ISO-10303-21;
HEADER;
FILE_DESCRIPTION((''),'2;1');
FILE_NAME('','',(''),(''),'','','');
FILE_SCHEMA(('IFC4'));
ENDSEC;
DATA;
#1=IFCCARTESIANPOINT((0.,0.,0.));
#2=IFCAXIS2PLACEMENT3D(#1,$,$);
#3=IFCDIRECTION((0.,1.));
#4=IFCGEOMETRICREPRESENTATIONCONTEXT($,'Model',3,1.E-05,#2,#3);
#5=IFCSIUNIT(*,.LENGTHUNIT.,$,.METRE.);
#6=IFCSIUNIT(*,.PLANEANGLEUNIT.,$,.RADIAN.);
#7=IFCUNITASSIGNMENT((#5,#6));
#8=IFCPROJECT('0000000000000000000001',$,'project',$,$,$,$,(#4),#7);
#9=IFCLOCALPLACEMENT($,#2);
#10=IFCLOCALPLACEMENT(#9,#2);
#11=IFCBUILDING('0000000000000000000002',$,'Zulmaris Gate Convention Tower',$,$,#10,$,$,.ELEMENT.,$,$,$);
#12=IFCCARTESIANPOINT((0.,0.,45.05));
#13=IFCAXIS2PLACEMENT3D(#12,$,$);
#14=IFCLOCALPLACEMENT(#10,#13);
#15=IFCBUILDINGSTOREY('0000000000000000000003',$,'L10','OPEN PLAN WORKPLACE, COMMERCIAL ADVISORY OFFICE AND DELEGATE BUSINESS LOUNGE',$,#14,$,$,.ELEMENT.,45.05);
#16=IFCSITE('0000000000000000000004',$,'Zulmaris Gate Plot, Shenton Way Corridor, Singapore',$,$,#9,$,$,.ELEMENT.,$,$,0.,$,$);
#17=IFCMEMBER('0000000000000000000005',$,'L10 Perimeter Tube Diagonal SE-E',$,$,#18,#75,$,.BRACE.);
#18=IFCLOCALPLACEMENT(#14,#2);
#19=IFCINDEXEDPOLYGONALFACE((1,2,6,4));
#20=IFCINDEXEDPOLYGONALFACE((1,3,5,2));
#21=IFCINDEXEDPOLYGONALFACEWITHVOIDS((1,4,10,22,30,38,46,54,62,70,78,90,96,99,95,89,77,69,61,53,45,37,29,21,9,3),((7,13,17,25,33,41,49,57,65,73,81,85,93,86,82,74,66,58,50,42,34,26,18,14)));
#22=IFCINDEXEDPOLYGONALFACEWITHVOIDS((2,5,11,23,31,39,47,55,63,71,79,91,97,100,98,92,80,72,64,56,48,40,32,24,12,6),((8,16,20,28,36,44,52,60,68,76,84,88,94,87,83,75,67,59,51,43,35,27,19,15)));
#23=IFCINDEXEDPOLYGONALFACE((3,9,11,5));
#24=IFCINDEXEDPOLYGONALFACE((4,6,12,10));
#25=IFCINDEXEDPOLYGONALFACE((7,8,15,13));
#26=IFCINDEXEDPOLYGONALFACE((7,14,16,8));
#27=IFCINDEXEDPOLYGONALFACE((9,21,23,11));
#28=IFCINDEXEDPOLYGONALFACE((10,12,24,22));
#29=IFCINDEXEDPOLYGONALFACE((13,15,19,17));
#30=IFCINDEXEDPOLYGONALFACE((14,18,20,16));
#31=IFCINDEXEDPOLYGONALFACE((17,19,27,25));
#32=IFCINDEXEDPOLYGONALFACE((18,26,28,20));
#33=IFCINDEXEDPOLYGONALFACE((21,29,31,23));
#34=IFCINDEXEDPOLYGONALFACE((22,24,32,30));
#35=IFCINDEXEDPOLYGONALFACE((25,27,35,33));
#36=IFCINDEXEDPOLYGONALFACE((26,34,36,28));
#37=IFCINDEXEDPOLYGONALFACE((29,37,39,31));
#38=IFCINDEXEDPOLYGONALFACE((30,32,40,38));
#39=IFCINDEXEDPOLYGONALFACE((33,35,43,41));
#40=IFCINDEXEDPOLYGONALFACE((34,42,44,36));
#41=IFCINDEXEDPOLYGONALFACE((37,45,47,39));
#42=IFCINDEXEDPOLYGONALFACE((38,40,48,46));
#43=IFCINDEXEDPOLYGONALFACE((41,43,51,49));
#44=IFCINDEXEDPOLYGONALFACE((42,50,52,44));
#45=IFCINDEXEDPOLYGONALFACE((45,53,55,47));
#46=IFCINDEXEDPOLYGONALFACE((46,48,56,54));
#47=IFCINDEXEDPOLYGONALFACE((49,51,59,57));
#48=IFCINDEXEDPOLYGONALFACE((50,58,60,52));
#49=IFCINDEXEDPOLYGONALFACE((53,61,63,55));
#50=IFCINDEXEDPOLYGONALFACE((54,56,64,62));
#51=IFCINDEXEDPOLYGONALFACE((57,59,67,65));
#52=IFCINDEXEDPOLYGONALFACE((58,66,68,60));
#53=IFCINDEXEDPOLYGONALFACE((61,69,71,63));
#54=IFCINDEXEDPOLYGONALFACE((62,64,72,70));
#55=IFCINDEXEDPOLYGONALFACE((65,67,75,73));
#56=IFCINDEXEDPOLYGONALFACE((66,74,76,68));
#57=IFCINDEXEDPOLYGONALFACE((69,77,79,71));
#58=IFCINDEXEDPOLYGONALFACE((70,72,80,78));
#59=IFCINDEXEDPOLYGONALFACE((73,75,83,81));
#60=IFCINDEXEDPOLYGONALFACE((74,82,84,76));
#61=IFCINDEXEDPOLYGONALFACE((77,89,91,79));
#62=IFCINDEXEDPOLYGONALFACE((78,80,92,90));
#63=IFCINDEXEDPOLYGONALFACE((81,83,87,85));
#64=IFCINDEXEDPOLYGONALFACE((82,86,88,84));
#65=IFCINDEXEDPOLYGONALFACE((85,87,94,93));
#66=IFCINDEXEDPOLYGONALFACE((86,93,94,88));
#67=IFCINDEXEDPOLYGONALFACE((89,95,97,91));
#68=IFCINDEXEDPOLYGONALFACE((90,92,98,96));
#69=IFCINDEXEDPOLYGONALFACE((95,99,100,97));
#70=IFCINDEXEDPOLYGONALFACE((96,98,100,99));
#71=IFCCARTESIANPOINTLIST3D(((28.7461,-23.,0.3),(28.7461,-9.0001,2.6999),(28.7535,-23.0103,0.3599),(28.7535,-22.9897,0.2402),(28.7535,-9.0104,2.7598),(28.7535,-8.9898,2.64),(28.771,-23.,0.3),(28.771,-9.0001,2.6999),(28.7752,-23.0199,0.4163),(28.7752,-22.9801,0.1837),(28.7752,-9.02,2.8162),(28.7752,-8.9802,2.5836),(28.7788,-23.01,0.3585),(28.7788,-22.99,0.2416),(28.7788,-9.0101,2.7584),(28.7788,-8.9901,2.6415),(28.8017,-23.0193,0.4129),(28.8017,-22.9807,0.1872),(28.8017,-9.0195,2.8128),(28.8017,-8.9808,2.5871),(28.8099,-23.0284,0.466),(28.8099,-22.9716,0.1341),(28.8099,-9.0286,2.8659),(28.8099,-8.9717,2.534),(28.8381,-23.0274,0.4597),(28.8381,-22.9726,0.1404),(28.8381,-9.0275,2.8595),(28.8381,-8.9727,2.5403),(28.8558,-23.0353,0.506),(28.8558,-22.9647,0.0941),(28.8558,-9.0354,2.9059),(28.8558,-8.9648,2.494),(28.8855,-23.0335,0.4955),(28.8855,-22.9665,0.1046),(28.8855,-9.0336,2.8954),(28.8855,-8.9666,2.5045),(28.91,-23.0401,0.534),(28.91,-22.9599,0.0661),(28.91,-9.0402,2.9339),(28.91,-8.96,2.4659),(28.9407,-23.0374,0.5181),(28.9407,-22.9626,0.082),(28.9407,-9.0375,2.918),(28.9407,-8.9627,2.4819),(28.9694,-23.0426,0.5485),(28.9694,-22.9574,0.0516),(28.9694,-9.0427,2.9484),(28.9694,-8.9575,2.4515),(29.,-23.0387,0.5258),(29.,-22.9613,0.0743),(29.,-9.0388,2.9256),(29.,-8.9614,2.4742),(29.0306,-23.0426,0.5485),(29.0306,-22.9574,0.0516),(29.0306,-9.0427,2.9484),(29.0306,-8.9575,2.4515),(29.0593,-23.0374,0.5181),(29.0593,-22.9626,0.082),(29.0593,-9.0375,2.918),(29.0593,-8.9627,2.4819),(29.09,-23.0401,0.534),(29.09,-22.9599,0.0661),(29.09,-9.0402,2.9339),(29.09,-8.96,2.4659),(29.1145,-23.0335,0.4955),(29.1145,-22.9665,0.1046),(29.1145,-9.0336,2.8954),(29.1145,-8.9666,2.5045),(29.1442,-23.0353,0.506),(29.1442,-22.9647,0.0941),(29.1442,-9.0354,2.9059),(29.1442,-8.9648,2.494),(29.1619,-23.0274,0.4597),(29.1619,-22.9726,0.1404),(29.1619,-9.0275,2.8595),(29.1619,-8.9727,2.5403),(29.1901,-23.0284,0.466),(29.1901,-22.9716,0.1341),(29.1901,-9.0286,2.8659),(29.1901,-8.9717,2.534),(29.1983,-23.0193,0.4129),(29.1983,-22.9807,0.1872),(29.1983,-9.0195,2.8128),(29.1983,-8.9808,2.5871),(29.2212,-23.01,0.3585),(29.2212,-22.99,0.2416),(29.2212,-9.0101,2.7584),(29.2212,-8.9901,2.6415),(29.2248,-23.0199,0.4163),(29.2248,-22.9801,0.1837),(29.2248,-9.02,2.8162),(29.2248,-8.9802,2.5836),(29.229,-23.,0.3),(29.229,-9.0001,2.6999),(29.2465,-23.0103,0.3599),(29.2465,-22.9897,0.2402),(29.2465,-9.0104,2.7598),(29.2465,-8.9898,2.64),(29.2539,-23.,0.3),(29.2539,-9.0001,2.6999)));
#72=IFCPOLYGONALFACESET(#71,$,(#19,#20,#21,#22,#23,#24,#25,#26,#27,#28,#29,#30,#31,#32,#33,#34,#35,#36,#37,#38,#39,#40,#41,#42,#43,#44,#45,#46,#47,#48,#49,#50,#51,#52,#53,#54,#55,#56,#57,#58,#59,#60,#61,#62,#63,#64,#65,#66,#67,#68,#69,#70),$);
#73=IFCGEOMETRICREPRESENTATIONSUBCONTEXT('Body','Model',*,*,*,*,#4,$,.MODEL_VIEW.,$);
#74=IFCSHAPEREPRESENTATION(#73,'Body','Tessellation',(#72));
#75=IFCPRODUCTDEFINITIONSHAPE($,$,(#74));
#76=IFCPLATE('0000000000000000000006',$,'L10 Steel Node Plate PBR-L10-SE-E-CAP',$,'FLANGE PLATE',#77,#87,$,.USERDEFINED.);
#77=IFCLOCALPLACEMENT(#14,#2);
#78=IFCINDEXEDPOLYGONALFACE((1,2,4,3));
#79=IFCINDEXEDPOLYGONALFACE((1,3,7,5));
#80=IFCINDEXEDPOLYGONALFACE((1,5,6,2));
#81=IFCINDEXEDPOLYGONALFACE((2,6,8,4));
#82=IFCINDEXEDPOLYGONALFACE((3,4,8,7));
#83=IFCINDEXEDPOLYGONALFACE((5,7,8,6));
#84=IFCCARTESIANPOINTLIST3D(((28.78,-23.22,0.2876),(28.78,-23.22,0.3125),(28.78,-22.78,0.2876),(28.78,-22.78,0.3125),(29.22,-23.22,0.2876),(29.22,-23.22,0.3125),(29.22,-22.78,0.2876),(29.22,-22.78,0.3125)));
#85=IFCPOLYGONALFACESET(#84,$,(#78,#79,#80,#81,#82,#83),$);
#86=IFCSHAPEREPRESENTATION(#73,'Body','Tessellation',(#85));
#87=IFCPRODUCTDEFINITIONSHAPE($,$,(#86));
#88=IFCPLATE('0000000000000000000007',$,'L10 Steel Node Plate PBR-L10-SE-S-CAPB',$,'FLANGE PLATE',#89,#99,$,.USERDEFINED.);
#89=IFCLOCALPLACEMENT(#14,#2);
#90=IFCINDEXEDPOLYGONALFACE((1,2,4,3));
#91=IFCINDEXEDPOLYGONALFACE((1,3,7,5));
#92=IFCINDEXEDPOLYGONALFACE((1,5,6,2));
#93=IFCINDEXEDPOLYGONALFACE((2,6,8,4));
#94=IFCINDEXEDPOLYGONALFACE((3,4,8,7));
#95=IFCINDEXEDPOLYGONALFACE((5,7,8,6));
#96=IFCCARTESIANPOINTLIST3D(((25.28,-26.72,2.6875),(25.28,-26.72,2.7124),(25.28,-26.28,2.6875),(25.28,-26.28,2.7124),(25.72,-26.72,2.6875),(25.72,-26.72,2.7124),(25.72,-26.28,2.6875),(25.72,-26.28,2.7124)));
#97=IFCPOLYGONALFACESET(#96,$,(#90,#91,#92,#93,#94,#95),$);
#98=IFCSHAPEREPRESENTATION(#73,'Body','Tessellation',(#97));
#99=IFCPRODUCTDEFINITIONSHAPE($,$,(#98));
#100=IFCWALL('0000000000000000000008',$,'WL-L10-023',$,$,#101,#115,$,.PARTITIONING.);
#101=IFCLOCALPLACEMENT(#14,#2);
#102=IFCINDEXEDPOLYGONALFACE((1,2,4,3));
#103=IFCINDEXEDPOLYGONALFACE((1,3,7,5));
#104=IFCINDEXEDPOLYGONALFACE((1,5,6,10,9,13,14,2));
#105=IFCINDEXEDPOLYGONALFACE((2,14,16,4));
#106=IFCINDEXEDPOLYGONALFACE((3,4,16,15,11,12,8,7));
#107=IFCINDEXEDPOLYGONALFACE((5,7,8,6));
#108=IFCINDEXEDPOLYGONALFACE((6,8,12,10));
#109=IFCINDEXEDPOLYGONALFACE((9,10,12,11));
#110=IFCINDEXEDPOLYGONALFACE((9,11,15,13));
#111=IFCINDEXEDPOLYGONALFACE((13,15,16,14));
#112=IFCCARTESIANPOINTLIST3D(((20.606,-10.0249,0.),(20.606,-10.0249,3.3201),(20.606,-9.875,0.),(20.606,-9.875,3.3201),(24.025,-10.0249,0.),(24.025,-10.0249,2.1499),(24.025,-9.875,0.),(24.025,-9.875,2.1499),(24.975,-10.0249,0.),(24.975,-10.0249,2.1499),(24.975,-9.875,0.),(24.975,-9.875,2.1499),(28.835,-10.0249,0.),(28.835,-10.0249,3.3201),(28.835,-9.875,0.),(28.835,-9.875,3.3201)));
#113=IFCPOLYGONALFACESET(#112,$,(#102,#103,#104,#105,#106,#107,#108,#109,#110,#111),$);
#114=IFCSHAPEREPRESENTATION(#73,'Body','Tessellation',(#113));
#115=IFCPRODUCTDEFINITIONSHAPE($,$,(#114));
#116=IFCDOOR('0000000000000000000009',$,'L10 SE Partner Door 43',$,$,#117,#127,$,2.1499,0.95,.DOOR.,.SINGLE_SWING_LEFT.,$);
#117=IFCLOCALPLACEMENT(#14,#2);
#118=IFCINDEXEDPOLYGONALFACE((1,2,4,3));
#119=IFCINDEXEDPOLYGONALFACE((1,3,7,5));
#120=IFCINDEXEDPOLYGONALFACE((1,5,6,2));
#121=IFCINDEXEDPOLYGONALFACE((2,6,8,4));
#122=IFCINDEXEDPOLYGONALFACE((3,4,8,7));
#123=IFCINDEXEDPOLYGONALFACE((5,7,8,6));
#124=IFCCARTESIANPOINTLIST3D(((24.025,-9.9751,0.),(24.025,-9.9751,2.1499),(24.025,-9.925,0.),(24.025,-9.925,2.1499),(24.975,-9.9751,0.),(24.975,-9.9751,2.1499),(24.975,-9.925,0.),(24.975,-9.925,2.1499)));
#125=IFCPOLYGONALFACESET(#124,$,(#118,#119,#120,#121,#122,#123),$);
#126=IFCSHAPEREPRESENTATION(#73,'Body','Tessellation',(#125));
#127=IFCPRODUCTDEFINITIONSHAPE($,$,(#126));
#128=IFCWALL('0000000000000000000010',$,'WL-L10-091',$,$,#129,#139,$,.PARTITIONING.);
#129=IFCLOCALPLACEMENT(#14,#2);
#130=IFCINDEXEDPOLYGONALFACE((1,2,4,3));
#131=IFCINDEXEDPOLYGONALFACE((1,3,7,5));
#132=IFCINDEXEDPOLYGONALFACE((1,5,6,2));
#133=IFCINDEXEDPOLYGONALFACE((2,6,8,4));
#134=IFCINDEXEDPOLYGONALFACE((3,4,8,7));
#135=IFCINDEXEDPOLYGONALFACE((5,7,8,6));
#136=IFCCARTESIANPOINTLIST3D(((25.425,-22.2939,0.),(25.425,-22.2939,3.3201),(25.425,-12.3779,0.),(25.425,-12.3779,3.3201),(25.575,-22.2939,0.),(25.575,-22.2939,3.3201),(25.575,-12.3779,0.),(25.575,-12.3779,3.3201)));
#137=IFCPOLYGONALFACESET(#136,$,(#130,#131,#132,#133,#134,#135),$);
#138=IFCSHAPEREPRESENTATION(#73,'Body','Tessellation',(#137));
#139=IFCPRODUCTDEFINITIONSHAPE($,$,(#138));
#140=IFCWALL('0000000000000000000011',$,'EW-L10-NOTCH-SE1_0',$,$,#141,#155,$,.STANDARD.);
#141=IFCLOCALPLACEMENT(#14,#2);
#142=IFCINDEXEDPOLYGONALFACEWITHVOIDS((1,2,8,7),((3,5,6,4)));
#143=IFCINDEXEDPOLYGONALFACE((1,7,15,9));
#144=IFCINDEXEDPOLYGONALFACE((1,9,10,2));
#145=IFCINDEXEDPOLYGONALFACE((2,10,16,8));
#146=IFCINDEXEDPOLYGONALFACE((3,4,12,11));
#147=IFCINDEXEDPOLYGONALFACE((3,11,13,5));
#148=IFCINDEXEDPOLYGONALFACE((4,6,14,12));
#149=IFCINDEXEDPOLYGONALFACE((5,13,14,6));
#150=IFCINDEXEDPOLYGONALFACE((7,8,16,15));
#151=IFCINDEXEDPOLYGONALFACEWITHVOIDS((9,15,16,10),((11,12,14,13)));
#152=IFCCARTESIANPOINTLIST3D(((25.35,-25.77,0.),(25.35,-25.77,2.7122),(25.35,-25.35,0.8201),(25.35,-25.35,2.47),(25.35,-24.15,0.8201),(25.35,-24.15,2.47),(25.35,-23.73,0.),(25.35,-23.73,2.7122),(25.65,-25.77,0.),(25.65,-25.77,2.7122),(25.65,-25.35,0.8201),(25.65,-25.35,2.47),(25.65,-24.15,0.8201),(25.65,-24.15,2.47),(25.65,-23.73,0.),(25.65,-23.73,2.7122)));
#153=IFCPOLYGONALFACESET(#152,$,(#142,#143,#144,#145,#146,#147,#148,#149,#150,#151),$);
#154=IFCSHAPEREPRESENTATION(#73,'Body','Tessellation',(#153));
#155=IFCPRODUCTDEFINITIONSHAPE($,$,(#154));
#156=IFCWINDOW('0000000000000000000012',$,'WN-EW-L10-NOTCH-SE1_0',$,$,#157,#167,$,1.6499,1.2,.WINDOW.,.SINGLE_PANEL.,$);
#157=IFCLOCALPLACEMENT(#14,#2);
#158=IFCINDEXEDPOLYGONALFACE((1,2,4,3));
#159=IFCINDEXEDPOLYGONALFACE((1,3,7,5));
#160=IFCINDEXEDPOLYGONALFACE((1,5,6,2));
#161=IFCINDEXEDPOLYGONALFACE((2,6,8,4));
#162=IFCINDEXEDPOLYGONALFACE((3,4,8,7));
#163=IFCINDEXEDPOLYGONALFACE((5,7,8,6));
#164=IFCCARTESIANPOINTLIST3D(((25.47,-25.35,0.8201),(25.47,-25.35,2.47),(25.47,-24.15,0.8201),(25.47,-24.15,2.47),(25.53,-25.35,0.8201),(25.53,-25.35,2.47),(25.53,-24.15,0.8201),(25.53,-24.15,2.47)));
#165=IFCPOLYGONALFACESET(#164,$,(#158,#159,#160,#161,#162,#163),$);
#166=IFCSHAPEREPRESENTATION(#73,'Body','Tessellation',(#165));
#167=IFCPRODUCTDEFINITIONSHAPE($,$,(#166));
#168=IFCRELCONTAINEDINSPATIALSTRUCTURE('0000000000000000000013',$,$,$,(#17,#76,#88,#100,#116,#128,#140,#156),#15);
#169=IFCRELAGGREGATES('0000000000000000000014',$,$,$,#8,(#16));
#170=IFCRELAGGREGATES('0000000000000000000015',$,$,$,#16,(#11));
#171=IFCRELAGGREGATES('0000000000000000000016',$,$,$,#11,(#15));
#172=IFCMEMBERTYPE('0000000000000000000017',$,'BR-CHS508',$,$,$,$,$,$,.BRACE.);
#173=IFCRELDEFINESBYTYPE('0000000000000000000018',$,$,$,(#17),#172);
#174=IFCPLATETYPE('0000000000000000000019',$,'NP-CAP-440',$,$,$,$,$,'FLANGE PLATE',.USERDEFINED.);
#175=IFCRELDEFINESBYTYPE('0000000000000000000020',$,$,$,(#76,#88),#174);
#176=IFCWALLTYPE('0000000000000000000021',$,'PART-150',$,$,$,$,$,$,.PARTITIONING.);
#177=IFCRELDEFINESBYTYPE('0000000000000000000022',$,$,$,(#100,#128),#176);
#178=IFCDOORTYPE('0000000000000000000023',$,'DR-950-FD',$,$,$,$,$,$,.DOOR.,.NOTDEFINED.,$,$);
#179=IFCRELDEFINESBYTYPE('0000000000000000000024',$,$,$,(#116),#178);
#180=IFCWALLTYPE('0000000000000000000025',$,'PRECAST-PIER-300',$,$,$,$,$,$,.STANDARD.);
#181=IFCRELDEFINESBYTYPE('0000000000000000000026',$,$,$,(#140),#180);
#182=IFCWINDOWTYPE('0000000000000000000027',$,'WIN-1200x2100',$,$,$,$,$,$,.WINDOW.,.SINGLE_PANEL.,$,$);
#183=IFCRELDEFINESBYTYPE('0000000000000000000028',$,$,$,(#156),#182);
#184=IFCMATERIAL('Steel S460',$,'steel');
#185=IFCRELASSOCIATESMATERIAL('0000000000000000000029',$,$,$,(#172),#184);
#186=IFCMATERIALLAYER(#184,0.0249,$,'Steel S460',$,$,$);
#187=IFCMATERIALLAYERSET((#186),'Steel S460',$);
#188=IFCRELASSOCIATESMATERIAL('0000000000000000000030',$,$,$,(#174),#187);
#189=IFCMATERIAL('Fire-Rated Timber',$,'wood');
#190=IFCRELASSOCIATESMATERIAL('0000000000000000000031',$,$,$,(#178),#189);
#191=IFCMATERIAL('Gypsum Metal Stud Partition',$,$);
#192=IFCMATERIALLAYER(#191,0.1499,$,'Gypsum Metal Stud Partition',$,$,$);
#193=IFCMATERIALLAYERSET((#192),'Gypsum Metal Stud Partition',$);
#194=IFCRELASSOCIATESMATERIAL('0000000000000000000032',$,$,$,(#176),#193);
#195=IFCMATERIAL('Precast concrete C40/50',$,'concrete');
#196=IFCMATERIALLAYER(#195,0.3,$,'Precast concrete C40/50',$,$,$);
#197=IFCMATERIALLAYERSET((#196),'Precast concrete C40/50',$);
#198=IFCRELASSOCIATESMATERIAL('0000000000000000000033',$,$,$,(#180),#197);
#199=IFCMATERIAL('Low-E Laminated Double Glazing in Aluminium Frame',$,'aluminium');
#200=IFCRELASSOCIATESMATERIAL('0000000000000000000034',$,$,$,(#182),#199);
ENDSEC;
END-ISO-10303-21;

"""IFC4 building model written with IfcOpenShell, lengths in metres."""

from ifc_helpers import new_model, si_unit, direction, frame, frame_2d, origin, origin_2d, place, context, subcontext, project, spatial, rectangle, hollow_circle, extrude, material, layer, layer_set, material_profile, profile_set, type_object, element, fill, save


model = new_model("IFC4")

# Units and contexts
model_context = context("Model", 3, precision=1e-05, world=origin(), true_north=direction((0.0, 1.0)))
body_context = subcontext(model_context, "Body", "Model", "MODEL_VIEW")
ifc_project = project(units=[si_unit("LENGTHUNIT", "METRE"), si_unit("PLANEANGLEUNIT", "RADIAN")], contexts=[model_context])

# Site, building, storey
site_placement = place(None, origin())
site = spatial("IfcSite", under=ifc_project, at=site_placement, Name="Zulmaris Gate Plot, Shenton Way Corridor, Singapore", CompositionType="ELEMENT", RefElevation=0.0)
building_placement = place(site_placement, origin())
building = spatial("IfcBuilding", under=site, at=building_placement, Name="Zulmaris Gate Convention Tower", CompositionType="ELEMENT")
storey_placement = place(building_placement, frame((0.0, 0.0, 45.05)))
storey = spatial("IfcBuildingStorey", under=building, at=storey_placement, Name="L10", Description="OPEN PLAN WORKPLACE, COMMERCIAL ADVISORY OFFICE AND DELEGATE BUSINESS LOUNGE", CompositionType="ELEMENT", Elevation=45.05)

# Member
ifc_material_1 = material(Name="Steel S460", Category="steel")
ifc_material_profile_1 = material_profile(ifc_material_1, hollow_circle(Radius=0.2539, WallThickness=0.0249, at=origin_2d()), Name="CHS 508x25")
ifc_profile_set_1 = profile_set([ifc_material_profile_1], Name="Steel S460")
member_type = type_object("IfcMemberType", Name="BR-CHS508", PredefinedType="BRACE", material=ifc_profile_set_1)
member_placement = place(storey_placement, frame((29.0, -23.0, 0.3), z_axis=(0.0, 0.985623, 0.168957), x_axis=(-1.0, 0.0, 0.0)))
element("IfcMember", 1, at=member_placement, inside=storey, type_object=member_type, Name="L10 Perimeter Tube Diagonal SE-E", PredefinedType="BRACE", context=body_context, shape_type="SweptSolid", body=[
    extrude(hollow_circle(Radius=0.2539, WallThickness=0.0249, at=origin_2d()), origin(), (0.0, 0.0, 1.0), 14.2041),
])

# Plates
ifc_layer_1 = layer(ifc_material_1, 0.0249, Name="Steel S460")
ifc_layer_set_1 = layer_set([ifc_layer_1], Name="Steel S460")
plate_type = type_object("IfcPlateType", Name="NP-CAP-440", ElementType="FLANGE PLATE", PredefinedType="USERDEFINED", material=ifc_layer_set_1)
for number, where, z_axis, x_axis, name in (
    (2, (29.0, -23.0, 0.2876), (0.0, 0.0, 1.0), (1.0, 0.0, 0.0), "L10 Steel Node Plate PBR-L10-SE-E-CAP"),
    (3, (25.5, -26.5, 2.6875), (0.0, 0.0, 1.0), (1.0, 0.0, 0.0), "L10 Steel Node Plate PBR-L10-SE-S-CAPB"),
):
    element("IfcPlate", number, at=place(storey_placement, frame(where, z_axis=z_axis, x_axis=x_axis)), inside=storey, type_object=plate_type, Name=name, ObjectType="FLANGE PLATE", PredefinedType="USERDEFINED", context=body_context, shape_type="SweptSolid", body=[
        extrude(rectangle(XDim=0.4399, YDim=0.4399, at=origin_2d()), origin(), (0.0, 0.0, 1.0), 0.0249),
    ])

# Wall, opening, door
ifc_material_2 = material(Name="Fire-Rated Timber", Category="wood")
door_type = type_object("IfcDoorType", Name="DR-950-FD", OperationType="NOTDEFINED", PredefinedType="DOOR", material=ifc_material_2)
ifc_material_3 = material(Name="Gypsum Metal Stud Partition")
ifc_layer_2 = layer(ifc_material_3, 0.1499, Name="Gypsum Metal Stud Partition")
ifc_layer_set_2 = layer_set([ifc_layer_2], Name="Gypsum Metal Stud Partition")
wall_type_1 = type_object("IfcWallType", Name="PART-150", PredefinedType="PARTITIONING", material=ifc_layer_set_2)
wall_1_placement = place(storey_placement, frame((20.606, -9.95, 0.0), z_axis=(0.0, 0.0, 1.0), x_axis=(1.0, 0.0, 0.0)))
wall_1 = element("IfcWall", 4, at=wall_1_placement, inside=storey, type_object=wall_type_1, Name="WL-L10-023", PredefinedType="PARTITIONING", context=body_context, shape_type="SweptSolid", body=[
    extrude(rectangle(XDim=8.229, YDim=0.1499, at=frame_2d((4.1145, 0.0))), origin(), (0.0, 0.0, 1.0), 3.3201),
])
opening_1_placement = place(wall_1_placement, frame((3.4189, 0.0, 0.0)))
opening_1 = element("IfcOpeningElement", 5, at=opening_1_placement, cuts=wall_1, PredefinedType="OPENING", context=body_context, shape_type="SweptSolid", body=[
    extrude(rectangle(XDim=0.95, YDim=2.1499, at=frame_2d((0.4751, 1.075))), frame((0.0, 0.085, 0.0), z_axis=(0.0, -1.0, 0.0), x_axis=(1.0, 0.0, 0.0)), (0.0, 0.0, 1.0), 0.1699),
])
door_1_placement = place(opening_1_placement, origin())
door_1 = element("IfcDoor", 6, at=door_1_placement, inside=storey, type_object=door_type, Name="L10 SE Partner Door 43", OperationType="SINGLE_SWING_LEFT", OverallHeight=2.1499, OverallWidth=0.95, PredefinedType="DOOR", context=body_context, shape_type="SweptSolid", body=[
    extrude(rectangle(XDim=0.95, YDim=2.1499, at=frame_2d((0.4751, 1.075))), frame((0.0, 0.0249, 0.0), z_axis=(0.0, -1.0, 0.0), x_axis=(1.0, 0.0, 0.0)), (0.0, 0.0, 1.0), 0.05),
])
fill(opening_1, door_1)

# Wall
wall_2_placement = place(storey_placement, frame((25.5, -22.2939, 0.0), z_axis=(0.0, 0.0, 1.0), x_axis=(0.0, 1.0, 0.0)))
element("IfcWall", 7, at=wall_2_placement, inside=storey, type_object=wall_type_1, Name="WL-L10-091", PredefinedType="PARTITIONING", context=body_context, shape_type="SweptSolid", body=[
    extrude(rectangle(XDim=9.916, YDim=0.1499, at=frame_2d((4.958, 0.0))), origin(), (0.0, 0.0, 1.0), 3.3201),
])

# Wall, opening, window
ifc_material_4 = material(Name="Precast concrete C40/50", Category="concrete")
ifc_layer_3 = layer(ifc_material_4, 0.3, Name="Precast concrete C40/50")
ifc_layer_set_3 = layer_set([ifc_layer_3], Name="Precast concrete C40/50")
wall_type_2 = type_object("IfcWallType", Name="PRECAST-PIER-300", PredefinedType="STANDARD", material=ifc_layer_set_3)
wall_3_placement = place(storey_placement, frame((25.5, -25.77, 0.0), z_axis=(0.0, 0.0, 1.0), x_axis=(0.0, 1.0, 0.0)))
wall_3 = element("IfcWall", 8, at=wall_3_placement, inside=storey, type_object=wall_type_2, Name="EW-L10-NOTCH-SE1_0", PredefinedType="STANDARD", context=body_context, shape_type="SweptSolid", body=[
    extrude(rectangle(XDim=2.04, YDim=0.3, at=frame_2d((1.02, 0.0))), origin(), (0.0, 0.0, 1.0), 2.7122),
])
opening_2_placement = place(wall_3_placement, frame((0.4199, 0.0, 0.8201)))
opening_2 = element("IfcOpeningElement", 9, at=opening_2_placement, cuts=wall_3, PredefinedType="OPENING", context=body_context, shape_type="SweptSolid", body=[
    extrude(rectangle(XDim=1.2, YDim=1.6499, at=frame_2d((0.6001, 0.825))), frame((0.0, 0.1602, 0.0), z_axis=(0.0, -1.0, 0.0), x_axis=(1.0, 0.0, 0.0)), (0.0, 0.0, 1.0), 0.3201),
])
ifc_material_5 = material(Name="Low-E Laminated Double Glazing in Aluminium Frame", Category="aluminium")
window_type = type_object("IfcWindowType", Name="WIN-1200x2100", PartitioningType="SINGLE_PANEL", PredefinedType="WINDOW", material=ifc_material_5)
window_1_placement = place(opening_2_placement, origin())
window_1 = element("IfcWindow", 10, at=window_1_placement, inside=storey, type_object=window_type, Name="WN-EW-L10-NOTCH-SE1_0", OverallHeight=1.6499, OverallWidth=1.2, PartitioningType="SINGLE_PANEL", PredefinedType="WINDOW", context=body_context, shape_type="SweptSolid", body=[
    extrude(rectangle(XDim=1.2, YDim=1.6499, at=frame_2d((0.6001, 0.825))), frame((0.0, 0.03, 0.0), z_axis=(0.0, -1.0, 0.0), x_axis=(1.0, 0.0, 0.0)), (0.0, 0.0, 1.0), 0.0601),
])
fill(opening_2, window_1)

save(model, "model.ifc")
